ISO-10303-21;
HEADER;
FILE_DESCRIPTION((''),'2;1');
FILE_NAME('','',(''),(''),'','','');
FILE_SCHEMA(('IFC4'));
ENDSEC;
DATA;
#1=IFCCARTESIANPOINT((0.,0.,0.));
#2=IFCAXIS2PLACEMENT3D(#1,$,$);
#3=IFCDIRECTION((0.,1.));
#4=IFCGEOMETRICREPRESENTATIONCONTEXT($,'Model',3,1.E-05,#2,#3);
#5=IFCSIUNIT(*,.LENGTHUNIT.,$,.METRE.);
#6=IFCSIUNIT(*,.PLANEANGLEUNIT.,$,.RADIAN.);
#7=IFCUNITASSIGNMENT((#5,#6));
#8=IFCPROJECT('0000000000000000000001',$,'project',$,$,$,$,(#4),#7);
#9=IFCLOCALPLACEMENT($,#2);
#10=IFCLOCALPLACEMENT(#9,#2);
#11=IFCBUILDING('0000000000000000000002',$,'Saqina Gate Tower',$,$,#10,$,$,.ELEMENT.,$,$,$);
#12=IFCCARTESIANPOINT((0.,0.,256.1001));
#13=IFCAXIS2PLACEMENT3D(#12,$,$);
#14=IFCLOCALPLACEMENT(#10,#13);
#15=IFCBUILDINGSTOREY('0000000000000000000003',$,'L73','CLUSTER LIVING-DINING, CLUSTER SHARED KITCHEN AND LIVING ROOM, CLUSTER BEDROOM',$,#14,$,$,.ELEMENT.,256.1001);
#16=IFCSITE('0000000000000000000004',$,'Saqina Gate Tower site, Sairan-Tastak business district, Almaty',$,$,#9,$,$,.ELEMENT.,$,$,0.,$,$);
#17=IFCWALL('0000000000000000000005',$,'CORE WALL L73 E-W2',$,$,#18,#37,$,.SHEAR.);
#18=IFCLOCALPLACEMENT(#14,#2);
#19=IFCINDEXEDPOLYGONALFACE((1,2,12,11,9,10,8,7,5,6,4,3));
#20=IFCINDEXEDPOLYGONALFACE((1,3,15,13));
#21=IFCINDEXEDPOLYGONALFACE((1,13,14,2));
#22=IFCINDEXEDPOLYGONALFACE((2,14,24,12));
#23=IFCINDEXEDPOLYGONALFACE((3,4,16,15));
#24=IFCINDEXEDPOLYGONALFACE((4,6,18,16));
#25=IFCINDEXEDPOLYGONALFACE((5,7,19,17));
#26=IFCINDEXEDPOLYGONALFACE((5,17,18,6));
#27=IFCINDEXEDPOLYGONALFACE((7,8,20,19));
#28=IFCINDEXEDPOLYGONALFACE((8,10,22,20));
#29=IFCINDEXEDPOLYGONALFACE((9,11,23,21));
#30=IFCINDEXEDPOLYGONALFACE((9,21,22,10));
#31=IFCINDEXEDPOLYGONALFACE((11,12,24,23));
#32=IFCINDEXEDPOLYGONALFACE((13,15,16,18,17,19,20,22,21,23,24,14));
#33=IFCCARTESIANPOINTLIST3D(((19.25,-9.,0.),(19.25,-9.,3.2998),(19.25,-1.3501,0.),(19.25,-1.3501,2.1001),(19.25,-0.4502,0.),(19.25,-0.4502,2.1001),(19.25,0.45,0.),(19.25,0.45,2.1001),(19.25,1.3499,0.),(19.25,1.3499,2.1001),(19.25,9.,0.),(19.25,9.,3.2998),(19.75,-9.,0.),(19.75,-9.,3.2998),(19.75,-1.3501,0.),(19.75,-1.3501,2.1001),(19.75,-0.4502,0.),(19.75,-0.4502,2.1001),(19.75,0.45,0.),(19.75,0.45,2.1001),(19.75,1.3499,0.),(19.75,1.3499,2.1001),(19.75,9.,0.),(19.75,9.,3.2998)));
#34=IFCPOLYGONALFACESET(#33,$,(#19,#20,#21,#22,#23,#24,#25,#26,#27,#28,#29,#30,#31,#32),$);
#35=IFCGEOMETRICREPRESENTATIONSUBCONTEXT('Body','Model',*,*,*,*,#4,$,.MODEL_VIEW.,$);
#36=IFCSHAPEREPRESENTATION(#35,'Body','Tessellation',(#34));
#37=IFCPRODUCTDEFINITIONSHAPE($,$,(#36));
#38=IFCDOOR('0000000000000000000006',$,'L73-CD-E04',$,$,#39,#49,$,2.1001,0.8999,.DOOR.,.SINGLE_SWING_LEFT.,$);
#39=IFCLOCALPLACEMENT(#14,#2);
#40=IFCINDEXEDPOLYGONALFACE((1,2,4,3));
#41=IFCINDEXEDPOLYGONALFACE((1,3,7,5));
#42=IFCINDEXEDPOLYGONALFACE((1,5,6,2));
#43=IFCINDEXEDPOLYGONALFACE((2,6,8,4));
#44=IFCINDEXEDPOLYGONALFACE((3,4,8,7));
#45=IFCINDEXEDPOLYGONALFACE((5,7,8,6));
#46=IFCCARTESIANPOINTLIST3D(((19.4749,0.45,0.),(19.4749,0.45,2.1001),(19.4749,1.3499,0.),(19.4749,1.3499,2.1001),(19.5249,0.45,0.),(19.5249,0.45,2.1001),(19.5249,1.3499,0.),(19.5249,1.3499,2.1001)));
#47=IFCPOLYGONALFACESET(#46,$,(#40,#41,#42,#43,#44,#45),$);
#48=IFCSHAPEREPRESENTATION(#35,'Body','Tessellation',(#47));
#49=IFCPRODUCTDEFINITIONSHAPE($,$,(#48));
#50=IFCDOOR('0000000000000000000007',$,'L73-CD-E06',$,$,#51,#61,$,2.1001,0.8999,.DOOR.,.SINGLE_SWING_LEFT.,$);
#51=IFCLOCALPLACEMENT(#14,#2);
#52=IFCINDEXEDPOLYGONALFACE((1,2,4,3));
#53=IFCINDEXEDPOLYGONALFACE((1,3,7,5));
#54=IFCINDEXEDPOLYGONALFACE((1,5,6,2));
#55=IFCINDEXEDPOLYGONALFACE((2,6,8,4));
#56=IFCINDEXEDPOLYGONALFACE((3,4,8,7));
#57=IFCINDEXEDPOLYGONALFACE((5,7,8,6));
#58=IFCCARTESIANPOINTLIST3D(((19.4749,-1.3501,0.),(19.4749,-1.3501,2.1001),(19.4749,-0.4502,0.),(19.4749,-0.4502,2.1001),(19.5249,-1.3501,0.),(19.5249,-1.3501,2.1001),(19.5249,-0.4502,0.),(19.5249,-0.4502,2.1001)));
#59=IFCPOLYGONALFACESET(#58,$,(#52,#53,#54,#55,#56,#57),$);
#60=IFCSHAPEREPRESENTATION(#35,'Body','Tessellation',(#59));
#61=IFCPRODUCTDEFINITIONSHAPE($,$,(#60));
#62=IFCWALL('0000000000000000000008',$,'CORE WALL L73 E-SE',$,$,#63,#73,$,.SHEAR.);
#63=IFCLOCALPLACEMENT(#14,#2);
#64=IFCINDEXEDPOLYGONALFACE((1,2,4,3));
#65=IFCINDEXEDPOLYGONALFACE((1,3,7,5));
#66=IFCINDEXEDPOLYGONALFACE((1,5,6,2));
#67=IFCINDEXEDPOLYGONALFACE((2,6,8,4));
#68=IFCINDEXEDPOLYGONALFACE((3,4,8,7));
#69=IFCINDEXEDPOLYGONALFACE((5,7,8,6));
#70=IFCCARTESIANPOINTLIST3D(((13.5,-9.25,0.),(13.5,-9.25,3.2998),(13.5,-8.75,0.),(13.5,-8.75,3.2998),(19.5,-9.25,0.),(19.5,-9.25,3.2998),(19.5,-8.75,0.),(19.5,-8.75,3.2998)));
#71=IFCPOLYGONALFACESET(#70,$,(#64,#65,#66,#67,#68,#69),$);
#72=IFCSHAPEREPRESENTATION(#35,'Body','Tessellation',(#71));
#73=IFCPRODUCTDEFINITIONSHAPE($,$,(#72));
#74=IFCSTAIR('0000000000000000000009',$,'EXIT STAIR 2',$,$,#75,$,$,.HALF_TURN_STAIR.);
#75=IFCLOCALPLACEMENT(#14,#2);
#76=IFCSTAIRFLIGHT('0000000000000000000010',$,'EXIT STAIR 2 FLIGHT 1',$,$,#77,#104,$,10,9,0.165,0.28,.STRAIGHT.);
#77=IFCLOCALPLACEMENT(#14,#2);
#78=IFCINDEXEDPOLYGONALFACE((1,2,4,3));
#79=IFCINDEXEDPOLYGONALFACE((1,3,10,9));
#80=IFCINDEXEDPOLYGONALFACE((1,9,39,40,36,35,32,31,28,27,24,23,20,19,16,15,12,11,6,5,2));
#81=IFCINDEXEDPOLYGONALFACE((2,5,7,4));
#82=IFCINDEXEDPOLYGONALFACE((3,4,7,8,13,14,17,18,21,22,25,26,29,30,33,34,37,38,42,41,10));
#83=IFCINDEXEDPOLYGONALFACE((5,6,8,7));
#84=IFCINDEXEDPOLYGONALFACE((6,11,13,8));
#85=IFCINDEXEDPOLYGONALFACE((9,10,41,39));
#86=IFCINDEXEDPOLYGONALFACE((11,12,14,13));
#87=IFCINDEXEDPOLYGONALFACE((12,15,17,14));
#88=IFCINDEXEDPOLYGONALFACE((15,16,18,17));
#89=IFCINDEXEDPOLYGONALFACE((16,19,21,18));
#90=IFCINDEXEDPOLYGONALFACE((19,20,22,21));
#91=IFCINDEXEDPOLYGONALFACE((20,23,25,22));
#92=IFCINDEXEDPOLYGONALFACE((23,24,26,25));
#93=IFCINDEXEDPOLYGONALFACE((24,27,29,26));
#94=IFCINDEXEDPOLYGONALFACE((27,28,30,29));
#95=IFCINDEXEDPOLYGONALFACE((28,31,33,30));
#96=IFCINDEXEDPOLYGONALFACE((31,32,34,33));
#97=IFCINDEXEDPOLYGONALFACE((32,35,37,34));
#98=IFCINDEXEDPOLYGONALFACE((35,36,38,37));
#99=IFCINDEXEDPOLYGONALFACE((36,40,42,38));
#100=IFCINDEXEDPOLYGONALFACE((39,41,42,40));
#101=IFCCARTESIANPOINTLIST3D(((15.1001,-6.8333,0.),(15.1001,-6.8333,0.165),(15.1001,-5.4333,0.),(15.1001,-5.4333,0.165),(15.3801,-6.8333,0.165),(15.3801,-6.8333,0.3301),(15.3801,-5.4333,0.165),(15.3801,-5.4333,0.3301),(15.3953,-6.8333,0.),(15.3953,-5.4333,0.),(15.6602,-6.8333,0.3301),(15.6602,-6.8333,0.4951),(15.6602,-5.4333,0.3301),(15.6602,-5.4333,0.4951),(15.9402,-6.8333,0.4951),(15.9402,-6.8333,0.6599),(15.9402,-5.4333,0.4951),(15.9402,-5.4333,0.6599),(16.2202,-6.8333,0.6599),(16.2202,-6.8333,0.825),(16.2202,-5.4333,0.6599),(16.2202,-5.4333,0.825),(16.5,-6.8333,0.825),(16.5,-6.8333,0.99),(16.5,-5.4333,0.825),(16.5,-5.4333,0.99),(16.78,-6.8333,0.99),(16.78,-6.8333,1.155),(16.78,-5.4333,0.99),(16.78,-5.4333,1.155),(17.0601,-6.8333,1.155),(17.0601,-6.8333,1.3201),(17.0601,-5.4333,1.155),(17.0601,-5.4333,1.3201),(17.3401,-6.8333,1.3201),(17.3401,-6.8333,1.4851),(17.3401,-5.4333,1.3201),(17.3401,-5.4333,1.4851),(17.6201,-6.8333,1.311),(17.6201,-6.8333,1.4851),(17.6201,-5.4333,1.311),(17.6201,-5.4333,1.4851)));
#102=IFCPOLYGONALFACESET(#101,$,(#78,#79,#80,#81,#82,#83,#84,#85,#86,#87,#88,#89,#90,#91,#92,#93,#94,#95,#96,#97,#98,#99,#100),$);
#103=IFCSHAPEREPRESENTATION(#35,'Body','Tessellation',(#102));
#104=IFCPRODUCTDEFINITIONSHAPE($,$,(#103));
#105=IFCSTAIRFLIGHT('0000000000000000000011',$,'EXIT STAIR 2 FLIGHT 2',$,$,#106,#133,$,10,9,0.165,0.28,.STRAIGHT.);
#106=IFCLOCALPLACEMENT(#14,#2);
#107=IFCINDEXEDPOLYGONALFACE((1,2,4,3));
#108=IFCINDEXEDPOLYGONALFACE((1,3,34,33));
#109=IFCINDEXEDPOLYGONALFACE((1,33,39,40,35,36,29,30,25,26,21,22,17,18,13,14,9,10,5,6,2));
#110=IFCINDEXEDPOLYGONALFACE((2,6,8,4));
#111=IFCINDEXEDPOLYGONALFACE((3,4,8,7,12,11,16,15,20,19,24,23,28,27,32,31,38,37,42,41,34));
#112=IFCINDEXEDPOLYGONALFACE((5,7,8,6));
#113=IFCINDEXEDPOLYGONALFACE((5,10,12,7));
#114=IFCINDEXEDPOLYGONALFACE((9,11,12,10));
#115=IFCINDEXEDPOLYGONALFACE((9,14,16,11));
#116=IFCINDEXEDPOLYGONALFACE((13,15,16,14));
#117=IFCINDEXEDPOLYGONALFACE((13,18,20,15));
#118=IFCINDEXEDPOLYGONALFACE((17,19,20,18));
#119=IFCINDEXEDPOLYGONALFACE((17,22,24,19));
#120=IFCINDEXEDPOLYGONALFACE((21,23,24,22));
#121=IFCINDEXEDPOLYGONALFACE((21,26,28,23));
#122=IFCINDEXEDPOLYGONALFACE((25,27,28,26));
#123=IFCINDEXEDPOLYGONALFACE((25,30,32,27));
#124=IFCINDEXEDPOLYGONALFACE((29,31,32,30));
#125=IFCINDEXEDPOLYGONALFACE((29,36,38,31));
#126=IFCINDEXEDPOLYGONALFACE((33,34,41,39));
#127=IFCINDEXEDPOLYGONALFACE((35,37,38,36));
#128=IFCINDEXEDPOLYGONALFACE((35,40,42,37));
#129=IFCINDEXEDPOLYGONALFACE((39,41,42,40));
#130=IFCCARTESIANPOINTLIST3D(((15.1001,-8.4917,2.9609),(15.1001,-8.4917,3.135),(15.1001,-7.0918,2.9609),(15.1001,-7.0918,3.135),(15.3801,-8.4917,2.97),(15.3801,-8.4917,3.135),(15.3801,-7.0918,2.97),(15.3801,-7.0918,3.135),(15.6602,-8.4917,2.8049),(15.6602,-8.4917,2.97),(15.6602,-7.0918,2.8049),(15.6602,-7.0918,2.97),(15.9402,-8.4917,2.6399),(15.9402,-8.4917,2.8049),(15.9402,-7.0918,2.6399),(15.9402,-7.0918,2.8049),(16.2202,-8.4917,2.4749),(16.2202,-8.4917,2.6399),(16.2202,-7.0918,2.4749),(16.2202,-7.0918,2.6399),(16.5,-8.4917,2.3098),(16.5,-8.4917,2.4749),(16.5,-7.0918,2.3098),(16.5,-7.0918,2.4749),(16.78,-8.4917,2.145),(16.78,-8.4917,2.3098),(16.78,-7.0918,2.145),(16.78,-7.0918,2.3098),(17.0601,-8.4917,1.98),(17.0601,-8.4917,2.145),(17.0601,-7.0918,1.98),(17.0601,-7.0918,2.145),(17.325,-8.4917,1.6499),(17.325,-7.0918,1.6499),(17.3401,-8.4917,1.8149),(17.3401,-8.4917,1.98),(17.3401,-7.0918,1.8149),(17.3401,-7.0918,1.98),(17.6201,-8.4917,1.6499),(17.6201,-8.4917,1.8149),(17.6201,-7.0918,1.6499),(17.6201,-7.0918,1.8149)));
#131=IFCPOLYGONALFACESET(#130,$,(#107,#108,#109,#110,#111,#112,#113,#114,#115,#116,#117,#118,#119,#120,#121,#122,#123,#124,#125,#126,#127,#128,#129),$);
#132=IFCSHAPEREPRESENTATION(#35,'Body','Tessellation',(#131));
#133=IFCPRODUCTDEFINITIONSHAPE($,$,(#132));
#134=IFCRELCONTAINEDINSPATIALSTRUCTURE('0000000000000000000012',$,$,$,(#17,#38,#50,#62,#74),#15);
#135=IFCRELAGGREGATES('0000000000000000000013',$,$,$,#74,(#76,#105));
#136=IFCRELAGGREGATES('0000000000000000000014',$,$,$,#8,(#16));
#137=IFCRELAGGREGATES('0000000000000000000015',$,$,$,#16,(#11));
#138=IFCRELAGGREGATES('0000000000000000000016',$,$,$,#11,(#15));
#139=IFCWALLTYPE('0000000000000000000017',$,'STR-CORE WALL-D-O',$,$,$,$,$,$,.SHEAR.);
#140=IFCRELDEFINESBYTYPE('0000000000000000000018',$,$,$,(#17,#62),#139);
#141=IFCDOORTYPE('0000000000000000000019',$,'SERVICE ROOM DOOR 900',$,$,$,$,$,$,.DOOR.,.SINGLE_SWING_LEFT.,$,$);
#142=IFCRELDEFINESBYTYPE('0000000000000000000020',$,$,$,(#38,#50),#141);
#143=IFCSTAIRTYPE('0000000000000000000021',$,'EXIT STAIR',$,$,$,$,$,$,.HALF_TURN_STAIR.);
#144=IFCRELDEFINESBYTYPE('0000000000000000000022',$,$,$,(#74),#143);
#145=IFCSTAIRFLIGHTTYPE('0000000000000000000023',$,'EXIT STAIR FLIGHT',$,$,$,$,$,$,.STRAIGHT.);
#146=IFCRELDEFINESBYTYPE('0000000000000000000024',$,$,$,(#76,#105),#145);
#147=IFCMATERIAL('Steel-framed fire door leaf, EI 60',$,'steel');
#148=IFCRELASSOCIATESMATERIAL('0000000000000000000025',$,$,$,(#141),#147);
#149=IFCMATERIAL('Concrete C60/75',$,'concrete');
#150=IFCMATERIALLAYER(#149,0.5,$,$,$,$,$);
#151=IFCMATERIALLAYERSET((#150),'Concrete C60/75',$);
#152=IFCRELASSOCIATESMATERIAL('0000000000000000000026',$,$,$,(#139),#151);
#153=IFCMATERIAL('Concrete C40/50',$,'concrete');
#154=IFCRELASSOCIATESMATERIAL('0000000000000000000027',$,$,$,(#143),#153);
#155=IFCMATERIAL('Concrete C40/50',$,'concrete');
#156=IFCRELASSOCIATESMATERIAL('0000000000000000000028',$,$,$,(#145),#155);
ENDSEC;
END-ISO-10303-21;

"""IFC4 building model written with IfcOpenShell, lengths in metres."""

from ifc_helpers import new_model, si_unit, direction, frame, frame_2d, origin, place, context, subcontext, project, spatial, polyline, rectangle, outline, extrude, material, layer, layer_set, type_object, element, fill, aggregate, save


model = new_model("IFC4")

# Units and contexts
model_context = context("Model", 3, precision=1e-05, world=origin(), true_north=direction((0.0, 1.0)))
body_context = subcontext(model_context, "Body", "Model", "MODEL_VIEW")
ifc_project = project(units=[si_unit("LENGTHUNIT", "METRE"), si_unit("PLANEANGLEUNIT", "RADIAN")], contexts=[model_context])

# Site, building, storey
site_placement = place(None, origin())
site = spatial("IfcSite", under=ifc_project, at=site_placement, Name="Saqina Gate Tower site, Sairan-Tastak business district, Almaty", CompositionType="ELEMENT", RefElevation=0.0)
building_placement = place(site_placement, origin())
building = spatial("IfcBuilding", under=site, at=building_placement, Name="Saqina Gate Tower", CompositionType="ELEMENT")
storey_placement = place(building_placement, frame((0.0, 0.0, 256.1001)))
storey = spatial("IfcBuildingStorey", under=building, at=storey_placement, Name="L73", Description="CLUSTER LIVING-DINING, CLUSTER SHARED KITCHEN AND LIVING ROOM, CLUSTER BEDROOM", CompositionType="ELEMENT", Elevation=256.1001)

# Shared definitions
ifc_material_1 = material(Name="Steel-framed fire door leaf, EI 60", Category="steel")
door_type_1 = type_object("IfcDoorType", Name="SERVICE ROOM DOOR 900", OperationType="SINGLE_SWING_LEFT", PredefinedType="DOOR", material=ifc_material_1)

# Wall, openings, doors
ifc_material_2 = material(Name="Concrete C60/75", Category="concrete")
ifc_layer_1 = layer(ifc_material_2, 0.5)
ifc_layer_set_1 = layer_set([ifc_layer_1], Name="Concrete C60/75")
wall_type_1 = type_object("IfcWallType", Name="STR-CORE WALL-D-O", PredefinedType="SHEAR", material=ifc_layer_set_1)
wall_1_placement = place(storey_placement, frame((19.5, -9.0, 0.0), z_axis=(0.0, 0.0, 1.0), x_axis=(0.0, 1.0, 0.0)))
wall_1 = element("IfcWall", 1, at=wall_1_placement, inside=storey, type_object=wall_type_1, Name="CORE WALL L73 E-W2", PredefinedType="SHEAR", context=body_context, shape_type="SweptSolid", body=[
    extrude(rectangle(XDim=18.0, YDim=0.5, at=frame_2d((9.0, 0.0))), origin(), (0.0, 0.0, 1.0), 3.2998),
])
opening_1_placement = place(wall_1_placement, frame((9.45, 0.0, 0.0)))
opening_1 = element("IfcOpeningElement", 2, at=opening_1_placement, cuts=wall_1, PredefinedType="OPENING", context=body_context, shape_type="SweptSolid", body=[
    extrude(rectangle(XDim=0.8999, YDim=2.1001, at=frame_2d((0.45, 1.05))), frame((0.0, 0.262, 0.0), z_axis=(0.0, -1.0, 0.0), x_axis=(1.0, 0.0, 0.0)), (0.0, 0.0, 1.0), 0.5239),
])
opening_2_placement = place(wall_1_placement, frame((7.6499, 0.0, 0.0)))
opening_2 = element("IfcOpeningElement", 3, at=opening_2_placement, cuts=wall_1, PredefinedType="OPENING", context=body_context, shape_type="SweptSolid", body=[
    extrude(rectangle(XDim=0.8999, YDim=2.1001, at=frame_2d((0.45, 1.05))), frame((0.0, 0.262, 0.0), z_axis=(0.0, -1.0, 0.0), x_axis=(1.0, 0.0, 0.0)), (0.0, 0.0, 1.0), 0.5239),
])
door_1_placement = place(opening_1_placement, frame((0.8999, 0.0, 0.0), z_axis=(0.0, 0.0, 1.0), x_axis=(-1.0, 0.0, 0.0)))
door_1 = element("IfcDoor", 4, at=door_1_placement, inside=storey, type_object=door_type_1, Name="L73-CD-E04", OperationType="SINGLE_SWING_LEFT", OverallHeight=2.1001, OverallWidth=0.8999, PredefinedType="DOOR", context=body_context, shape_type="SweptSolid", body=[
    extrude(rectangle(XDim=0.8999, YDim=2.1001, at=frame_2d((0.45, 1.05))), frame((0.0, 0.0249, 0.0), z_axis=(0.0, -1.0, 0.0), x_axis=(1.0, 0.0, 0.0)), (0.0, 0.0, 1.0), 0.05),
])
fill(opening_1, door_1)
door_2_placement = place(opening_2_placement, frame((0.8999, 0.0, 0.0), z_axis=(0.0, 0.0, 1.0), x_axis=(-1.0, 0.0, 0.0)))
door_2 = element("IfcDoor", 5, at=door_2_placement, inside=storey, type_object=door_type_1, Name="L73-CD-E06", OperationType="SINGLE_SWING_LEFT", OverallHeight=2.1001, OverallWidth=0.8999, PredefinedType="DOOR", context=body_context, shape_type="SweptSolid", body=[
    extrude(rectangle(XDim=0.8999, YDim=2.1001, at=frame_2d((0.45, 1.05))), frame((0.0, 0.0249, 0.0), z_axis=(0.0, -1.0, 0.0), x_axis=(1.0, 0.0, 0.0)), (0.0, 0.0, 1.0), 0.05),
])
fill(opening_2, door_2)

# Wall
wall_2_placement = place(storey_placement, frame((13.5, -9.0, 0.0), z_axis=(0.0, 0.0, 1.0), x_axis=(1.0, 0.0, 0.0)))
element("IfcWall", 6, at=wall_2_placement, inside=storey, type_object=wall_type_1, Name="CORE WALL L73 E-SE", PredefinedType="SHEAR", context=body_context, shape_type="SweptSolid", body=[
    extrude(rectangle(XDim=6.0, YDim=0.5, at=frame_2d((3.0, 0.0))), origin(), (0.0, 0.0, 1.0), 3.2998),
])

# Stair, stair flights
ifc_material_3 = material(Name="Concrete C40/50", Category="concrete")
stair_type = type_object("IfcStairType", Name="EXIT STAIR", PredefinedType="HALF_TURN_STAIR", material=ifc_material_3)
stair_placement = place(storey_placement, origin())
stair = element("IfcStair", 7, at=stair_placement, inside=storey, type_object=stair_type, Name="EXIT STAIR 2", PredefinedType="HALF_TURN_STAIR")
ifc_material_4 = material(Name="Concrete C40/50", Category="concrete")
stair_flight_type = type_object("IfcStairFlightType", Name="EXIT STAIR FLIGHT", PredefinedType="STRAIGHT", material=ifc_material_4)
stair_flight_1_placement = place(storey_placement, frame((15.1001, -6.1333, 0.0), z_axis=(0.0, 0.0, 1.0), x_axis=(1.0, 0.0, 0.0)))
stair_flight_1 = element("IfcStairFlight", 8, at=stair_flight_1_placement, type_object=stair_flight_type, Name="EXIT STAIR 2 FLIGHT 1", NumberOfRisers=10, NumberOfTreads=9, PredefinedType="STRAIGHT", RiserHeight=0.165, TreadLength=0.28, context=body_context, shape_type="SweptSolid", body=[
    extrude(outline(polyline([(0.0, 0.0), (0.0, 0.165), (0.28, 0.165), (0.28, 0.3301), (0.5601, 0.3301), (0.5601, 0.4951), (0.8401, 0.4951), (0.8401, 0.6599), (1.1201, 0.6599), (1.1201, 0.825), (1.3999, 0.825), (1.3999, 0.99), (1.6799, 0.99), (1.6799, 1.155), (1.96, 1.155), (1.96, 1.3201), (2.24, 1.3201), (2.24, 1.4851), (2.52, 1.4851), (2.52, 1.6499), (2.52, 1.311), (0.2952, 0.0), (0.0, 0.0)])), frame((0.0, 0.7, 0.0), z_axis=(0.0, -1.0, 0.0), x_axis=(1.0, 0.0, 0.0)), (0.0, 0.0, 1.0), 1.3999),
])
stair_flight_2_placement = place(storey_placement, frame((17.6201, -7.7917, 1.6499), z_axis=(0.0, 0.0, 1.0), x_axis=(-1.0, 0.0, 0.0)))
stair_flight_2 = element("IfcStairFlight", 9, at=stair_flight_2_placement, type_object=stair_flight_type, Name="EXIT STAIR 2 FLIGHT 2", NumberOfRisers=10, NumberOfTreads=9, PredefinedType="STRAIGHT", RiserHeight=0.165, TreadLength=0.28, context=body_context, shape_type="SweptSolid", body=[
    extrude(outline(polyline([(0.0, 0.0), (0.0, 0.165), (0.28, 0.165), (0.28, 0.3301), (0.5601, 0.3301), (0.5601, 0.4951), (0.8401, 0.4951), (0.8401, 0.6599), (1.1201, 0.6599), (1.1201, 0.825), (1.3999, 0.825), (1.3999, 0.99), (1.6799, 0.99), (1.6799, 1.155), (1.96, 1.155), (1.96, 1.3201), (2.24, 1.3201), (2.24, 1.4851), (2.52, 1.4851), (2.52, 1.6499), (2.52, 1.311), (0.2952, 0.0), (0.0, 0.0)])), frame((0.0, 0.7, 0.0), z_axis=(0.0, -1.0, 0.0), x_axis=(1.0, 0.0, 0.0)), (0.0, 0.0, 1.0), 1.3999),
])
aggregate(stair, [stair_flight_1, stair_flight_2])

save(model, "model.ifc")
